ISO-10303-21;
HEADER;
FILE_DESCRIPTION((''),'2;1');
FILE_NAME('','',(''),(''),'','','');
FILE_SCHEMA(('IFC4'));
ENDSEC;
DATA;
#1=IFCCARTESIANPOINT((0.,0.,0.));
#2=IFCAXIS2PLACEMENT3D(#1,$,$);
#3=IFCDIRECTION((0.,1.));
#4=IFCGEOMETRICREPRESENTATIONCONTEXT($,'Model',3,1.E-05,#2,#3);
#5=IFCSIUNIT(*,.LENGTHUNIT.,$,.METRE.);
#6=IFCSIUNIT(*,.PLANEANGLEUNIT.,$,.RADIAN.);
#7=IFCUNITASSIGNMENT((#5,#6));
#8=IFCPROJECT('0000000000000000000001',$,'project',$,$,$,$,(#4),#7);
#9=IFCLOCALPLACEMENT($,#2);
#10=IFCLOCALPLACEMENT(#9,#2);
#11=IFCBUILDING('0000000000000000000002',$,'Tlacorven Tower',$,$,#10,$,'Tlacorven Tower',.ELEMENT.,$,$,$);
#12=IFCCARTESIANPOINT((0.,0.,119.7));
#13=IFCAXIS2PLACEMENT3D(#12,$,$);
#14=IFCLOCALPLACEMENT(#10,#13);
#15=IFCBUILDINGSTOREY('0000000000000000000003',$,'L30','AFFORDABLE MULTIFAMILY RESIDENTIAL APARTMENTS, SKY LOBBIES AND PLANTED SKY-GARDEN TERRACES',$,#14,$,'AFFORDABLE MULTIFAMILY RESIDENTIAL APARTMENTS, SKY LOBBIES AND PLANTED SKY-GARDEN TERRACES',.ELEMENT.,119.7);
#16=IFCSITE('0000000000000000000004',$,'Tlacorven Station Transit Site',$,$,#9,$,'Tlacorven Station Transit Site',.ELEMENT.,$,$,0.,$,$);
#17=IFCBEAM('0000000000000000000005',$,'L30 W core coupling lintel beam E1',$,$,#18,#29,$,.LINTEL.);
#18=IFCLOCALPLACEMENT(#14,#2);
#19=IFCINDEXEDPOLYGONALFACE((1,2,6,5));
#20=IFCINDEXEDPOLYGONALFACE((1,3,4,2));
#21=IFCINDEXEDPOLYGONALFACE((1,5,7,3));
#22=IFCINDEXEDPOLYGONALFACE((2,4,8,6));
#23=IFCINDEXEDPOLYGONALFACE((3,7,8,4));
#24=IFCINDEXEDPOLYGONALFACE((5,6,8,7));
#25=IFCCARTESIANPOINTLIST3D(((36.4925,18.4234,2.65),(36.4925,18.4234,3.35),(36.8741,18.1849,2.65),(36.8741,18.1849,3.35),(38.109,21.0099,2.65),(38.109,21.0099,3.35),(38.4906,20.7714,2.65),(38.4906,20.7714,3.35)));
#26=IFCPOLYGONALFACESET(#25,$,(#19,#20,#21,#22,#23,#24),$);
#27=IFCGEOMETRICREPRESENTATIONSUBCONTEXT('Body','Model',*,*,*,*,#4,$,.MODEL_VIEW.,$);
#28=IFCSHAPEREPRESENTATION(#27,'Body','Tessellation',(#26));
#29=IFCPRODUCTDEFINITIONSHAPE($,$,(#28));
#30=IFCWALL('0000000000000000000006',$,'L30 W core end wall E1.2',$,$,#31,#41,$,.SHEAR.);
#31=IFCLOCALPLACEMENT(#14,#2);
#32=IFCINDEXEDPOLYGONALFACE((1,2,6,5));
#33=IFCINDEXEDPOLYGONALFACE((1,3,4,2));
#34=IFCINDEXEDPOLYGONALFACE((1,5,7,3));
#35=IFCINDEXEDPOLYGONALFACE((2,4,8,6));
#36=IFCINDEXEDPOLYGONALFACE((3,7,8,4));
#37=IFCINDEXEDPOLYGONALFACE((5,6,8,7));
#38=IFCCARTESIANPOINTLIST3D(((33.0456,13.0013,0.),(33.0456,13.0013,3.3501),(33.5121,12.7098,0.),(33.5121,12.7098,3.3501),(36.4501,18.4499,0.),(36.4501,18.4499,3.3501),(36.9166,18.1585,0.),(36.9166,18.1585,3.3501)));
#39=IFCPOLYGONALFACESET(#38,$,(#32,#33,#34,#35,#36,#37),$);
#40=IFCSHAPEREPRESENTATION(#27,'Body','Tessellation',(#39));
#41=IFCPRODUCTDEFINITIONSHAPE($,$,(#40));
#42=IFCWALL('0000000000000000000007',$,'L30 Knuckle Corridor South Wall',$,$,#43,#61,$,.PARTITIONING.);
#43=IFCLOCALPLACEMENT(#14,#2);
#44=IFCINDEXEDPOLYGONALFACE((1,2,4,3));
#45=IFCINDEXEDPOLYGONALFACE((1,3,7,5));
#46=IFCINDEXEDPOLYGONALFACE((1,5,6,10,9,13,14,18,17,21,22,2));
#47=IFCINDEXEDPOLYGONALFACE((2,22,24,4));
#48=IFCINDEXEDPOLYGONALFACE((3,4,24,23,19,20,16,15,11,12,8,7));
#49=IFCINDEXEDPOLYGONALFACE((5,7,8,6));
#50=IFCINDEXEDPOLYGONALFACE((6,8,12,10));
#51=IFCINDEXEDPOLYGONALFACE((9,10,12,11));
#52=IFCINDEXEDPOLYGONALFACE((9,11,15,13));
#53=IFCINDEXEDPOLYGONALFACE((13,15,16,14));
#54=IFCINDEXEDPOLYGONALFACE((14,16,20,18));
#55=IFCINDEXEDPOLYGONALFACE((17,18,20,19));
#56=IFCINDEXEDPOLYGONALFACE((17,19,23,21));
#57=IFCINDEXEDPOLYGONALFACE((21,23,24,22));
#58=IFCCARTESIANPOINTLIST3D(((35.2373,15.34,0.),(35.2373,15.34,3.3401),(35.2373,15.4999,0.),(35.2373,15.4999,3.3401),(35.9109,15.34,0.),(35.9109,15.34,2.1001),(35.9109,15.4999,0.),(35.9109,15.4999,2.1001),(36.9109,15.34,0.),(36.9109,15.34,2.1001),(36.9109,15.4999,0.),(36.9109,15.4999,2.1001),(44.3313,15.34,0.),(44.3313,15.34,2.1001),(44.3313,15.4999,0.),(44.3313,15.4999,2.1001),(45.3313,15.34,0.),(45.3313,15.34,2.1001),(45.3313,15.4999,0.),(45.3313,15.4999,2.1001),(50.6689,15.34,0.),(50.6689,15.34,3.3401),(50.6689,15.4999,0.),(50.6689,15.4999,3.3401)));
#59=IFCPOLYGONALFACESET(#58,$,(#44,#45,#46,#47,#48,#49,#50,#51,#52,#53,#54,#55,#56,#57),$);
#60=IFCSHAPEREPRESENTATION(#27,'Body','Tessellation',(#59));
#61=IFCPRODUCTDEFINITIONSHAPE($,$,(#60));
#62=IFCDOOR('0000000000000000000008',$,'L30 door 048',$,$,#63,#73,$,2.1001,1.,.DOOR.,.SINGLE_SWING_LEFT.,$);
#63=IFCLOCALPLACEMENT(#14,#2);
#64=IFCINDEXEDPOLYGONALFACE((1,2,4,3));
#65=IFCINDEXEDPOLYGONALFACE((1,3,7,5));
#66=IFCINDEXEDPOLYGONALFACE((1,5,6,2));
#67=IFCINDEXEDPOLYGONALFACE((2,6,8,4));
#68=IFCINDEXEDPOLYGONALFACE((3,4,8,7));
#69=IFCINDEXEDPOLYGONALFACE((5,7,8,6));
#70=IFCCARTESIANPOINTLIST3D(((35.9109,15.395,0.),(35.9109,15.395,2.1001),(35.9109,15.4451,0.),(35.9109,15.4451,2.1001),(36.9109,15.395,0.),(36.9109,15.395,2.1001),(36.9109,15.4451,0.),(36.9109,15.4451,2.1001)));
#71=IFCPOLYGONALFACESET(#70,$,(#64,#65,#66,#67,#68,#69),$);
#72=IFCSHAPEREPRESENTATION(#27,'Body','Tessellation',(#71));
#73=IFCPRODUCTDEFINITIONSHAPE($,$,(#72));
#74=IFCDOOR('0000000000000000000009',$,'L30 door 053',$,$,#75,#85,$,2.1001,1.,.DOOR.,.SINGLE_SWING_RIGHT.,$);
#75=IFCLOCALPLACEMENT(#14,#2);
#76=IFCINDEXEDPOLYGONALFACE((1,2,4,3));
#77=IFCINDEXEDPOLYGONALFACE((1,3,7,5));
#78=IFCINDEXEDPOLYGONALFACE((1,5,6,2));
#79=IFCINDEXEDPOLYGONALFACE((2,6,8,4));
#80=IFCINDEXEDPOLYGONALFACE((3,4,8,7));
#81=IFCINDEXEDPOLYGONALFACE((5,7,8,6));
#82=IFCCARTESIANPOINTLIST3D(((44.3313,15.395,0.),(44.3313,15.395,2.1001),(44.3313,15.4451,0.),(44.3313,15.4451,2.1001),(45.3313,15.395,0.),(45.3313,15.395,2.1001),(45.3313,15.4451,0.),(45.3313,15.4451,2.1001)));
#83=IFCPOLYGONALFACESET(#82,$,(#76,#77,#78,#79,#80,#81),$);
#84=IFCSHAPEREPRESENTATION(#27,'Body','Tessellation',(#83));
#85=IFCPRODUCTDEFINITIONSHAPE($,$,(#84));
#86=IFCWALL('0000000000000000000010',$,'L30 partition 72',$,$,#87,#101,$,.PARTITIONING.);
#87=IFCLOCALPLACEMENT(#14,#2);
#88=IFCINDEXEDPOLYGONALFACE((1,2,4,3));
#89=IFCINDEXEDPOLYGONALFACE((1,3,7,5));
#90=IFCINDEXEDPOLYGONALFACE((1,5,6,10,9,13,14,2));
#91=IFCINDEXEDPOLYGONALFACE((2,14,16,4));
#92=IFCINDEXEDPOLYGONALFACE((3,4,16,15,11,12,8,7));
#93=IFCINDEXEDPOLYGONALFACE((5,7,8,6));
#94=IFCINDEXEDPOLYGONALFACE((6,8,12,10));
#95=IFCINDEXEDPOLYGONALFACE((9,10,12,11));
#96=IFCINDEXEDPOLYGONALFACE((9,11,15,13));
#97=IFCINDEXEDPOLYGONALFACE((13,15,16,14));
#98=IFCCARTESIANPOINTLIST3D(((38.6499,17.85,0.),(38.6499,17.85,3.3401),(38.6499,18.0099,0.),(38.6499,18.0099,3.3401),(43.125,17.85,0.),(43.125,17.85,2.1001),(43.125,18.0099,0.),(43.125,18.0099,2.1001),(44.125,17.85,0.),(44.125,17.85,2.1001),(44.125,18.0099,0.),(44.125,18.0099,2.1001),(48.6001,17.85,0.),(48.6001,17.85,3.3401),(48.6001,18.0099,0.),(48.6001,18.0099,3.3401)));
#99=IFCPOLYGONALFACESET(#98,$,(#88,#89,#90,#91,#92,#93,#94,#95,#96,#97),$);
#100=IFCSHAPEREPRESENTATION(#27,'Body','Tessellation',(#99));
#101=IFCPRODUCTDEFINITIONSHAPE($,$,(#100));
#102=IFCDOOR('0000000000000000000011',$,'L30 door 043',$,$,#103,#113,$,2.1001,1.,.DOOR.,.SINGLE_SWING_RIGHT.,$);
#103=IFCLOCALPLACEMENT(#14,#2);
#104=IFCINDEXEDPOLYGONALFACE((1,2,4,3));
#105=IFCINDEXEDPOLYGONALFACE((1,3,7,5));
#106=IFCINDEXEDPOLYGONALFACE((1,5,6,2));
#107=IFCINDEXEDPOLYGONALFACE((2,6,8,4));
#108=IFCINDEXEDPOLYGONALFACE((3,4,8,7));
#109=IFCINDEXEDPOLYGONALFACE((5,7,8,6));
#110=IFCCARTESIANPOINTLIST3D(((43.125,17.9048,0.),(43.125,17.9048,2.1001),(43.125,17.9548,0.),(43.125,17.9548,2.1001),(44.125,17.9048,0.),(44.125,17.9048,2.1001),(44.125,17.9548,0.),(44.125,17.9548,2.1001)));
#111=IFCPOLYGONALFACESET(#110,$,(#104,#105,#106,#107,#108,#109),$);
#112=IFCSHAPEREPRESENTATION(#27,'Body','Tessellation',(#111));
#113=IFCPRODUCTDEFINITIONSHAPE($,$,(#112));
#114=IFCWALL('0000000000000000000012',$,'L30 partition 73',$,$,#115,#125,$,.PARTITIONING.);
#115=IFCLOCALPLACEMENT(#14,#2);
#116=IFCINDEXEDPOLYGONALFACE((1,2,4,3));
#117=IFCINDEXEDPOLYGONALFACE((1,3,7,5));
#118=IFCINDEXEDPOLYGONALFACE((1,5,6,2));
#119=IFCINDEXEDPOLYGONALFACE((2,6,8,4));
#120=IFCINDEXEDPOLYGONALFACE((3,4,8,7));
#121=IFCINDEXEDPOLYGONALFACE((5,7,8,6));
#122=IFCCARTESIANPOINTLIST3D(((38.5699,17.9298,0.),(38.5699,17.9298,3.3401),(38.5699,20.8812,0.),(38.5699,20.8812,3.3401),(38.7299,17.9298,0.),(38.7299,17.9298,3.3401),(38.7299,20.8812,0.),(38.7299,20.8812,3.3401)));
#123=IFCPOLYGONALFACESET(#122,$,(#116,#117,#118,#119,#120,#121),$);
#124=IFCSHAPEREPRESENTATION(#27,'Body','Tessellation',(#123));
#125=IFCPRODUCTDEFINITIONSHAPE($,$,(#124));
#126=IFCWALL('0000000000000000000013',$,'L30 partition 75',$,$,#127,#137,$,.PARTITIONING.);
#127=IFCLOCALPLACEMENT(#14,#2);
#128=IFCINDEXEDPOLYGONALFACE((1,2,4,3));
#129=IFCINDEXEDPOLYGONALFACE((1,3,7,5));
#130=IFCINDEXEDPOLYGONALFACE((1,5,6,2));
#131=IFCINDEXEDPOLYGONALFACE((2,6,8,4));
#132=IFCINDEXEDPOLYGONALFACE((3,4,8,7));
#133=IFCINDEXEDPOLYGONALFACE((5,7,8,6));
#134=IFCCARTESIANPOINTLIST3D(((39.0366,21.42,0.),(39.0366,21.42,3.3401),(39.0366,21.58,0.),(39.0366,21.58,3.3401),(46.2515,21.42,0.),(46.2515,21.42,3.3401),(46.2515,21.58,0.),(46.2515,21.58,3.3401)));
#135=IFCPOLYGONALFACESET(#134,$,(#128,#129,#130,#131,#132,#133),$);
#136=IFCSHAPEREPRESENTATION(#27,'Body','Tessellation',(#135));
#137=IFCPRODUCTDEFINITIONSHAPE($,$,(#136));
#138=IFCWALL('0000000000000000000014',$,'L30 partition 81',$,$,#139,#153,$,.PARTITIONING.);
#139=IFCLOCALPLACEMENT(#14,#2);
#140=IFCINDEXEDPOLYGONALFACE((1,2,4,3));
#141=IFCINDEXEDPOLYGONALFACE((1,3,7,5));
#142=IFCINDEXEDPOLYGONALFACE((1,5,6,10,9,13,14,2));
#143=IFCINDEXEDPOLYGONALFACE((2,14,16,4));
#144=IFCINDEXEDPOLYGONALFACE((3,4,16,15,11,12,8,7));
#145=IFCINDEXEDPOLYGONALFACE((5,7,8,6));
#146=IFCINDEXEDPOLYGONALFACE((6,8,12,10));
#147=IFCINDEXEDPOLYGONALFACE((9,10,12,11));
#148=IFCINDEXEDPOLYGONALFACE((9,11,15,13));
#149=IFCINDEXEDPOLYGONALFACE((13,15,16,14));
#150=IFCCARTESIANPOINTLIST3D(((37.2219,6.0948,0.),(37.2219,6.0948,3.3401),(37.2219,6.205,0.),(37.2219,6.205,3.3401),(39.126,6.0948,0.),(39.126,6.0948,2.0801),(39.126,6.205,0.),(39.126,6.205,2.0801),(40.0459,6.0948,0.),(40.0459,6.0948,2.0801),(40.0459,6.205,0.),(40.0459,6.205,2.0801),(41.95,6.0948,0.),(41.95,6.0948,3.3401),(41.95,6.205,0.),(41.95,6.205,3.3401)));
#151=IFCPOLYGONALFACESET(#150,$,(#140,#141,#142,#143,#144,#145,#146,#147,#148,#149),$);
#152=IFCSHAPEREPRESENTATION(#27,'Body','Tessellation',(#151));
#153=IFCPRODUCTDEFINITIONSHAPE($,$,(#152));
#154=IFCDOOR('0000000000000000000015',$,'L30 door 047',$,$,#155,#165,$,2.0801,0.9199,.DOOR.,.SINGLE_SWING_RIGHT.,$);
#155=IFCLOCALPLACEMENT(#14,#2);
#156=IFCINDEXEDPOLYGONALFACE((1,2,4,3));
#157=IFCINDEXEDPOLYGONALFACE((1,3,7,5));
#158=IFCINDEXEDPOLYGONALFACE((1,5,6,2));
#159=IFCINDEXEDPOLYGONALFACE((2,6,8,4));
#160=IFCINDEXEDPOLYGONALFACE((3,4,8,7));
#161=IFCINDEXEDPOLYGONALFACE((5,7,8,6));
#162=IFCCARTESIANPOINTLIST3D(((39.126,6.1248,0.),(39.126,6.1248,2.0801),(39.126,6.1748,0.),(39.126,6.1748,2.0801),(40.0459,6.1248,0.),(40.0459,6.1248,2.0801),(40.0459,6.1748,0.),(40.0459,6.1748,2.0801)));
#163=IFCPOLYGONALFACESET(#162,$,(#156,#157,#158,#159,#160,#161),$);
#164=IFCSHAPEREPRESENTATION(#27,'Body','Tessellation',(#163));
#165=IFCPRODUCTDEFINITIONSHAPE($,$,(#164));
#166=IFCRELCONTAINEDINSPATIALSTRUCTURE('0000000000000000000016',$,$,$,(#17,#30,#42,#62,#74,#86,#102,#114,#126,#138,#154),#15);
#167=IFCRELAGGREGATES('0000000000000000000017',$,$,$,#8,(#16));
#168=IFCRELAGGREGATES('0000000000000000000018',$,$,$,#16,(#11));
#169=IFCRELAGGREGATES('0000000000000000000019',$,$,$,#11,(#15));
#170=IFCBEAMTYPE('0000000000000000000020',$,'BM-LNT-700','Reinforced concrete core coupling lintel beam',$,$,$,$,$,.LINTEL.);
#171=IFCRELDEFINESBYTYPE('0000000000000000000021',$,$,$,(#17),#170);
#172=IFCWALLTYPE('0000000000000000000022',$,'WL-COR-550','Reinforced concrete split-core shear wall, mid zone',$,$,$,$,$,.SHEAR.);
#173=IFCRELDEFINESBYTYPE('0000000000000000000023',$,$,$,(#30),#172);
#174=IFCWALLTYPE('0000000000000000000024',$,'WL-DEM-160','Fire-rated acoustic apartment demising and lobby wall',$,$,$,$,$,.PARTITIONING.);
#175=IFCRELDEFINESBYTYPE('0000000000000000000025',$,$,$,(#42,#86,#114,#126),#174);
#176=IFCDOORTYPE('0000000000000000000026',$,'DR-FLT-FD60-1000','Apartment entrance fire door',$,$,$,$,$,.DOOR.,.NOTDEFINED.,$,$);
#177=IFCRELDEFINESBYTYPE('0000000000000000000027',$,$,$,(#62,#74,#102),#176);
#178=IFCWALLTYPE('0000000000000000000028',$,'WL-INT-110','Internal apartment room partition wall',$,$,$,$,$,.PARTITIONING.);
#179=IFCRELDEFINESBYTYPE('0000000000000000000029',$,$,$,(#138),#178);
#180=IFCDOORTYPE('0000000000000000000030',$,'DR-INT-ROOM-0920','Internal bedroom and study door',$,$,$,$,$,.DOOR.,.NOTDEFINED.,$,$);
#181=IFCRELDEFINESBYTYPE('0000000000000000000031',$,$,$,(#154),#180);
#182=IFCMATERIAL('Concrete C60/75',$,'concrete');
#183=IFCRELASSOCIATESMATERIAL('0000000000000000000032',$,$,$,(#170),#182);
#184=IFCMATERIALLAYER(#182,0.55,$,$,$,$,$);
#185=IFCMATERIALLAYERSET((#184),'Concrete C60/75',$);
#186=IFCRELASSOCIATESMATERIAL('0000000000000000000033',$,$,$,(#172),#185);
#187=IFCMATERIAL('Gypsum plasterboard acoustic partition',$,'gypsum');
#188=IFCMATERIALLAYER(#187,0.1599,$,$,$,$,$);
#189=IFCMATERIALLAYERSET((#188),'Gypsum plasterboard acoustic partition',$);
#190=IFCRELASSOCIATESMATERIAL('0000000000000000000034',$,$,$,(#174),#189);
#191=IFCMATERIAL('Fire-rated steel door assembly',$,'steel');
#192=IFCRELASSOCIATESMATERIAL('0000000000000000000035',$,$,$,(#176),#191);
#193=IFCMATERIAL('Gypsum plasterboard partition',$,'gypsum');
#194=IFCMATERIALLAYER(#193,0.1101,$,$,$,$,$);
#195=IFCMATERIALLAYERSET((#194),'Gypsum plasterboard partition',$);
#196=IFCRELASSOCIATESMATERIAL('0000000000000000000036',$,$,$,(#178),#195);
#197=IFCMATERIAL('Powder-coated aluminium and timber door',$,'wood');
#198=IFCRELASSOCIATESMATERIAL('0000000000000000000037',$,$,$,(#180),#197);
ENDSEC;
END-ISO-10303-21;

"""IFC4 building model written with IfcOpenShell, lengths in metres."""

from ifc_helpers import new_model, si_unit, direction, frame, frame_2d, origin, origin_2d, place, context, subcontext, project, spatial, rectangle, extrude, source, transform, mapped, material, layer, layer_set, material_profile, profile_set, type_object, element, fill, save


model = new_model("IFC4")

# Units and contexts
model_context = context("Model", 3, precision=1e-05, world=origin(), true_north=direction((0.0, 1.0)))
body_context = subcontext(model_context, "Body", "Model", "MODEL_VIEW")
ifc_project = project(units=[si_unit("LENGTHUNIT", "METRE"), si_unit("PLANEANGLEUNIT", "RADIAN")], contexts=[model_context])

# Site, building, storey
site_placement = place(None, origin())
site = spatial("IfcSite", under=ifc_project, at=site_placement, Name="Tlacorven Station Transit Site", LongName="Tlacorven Station Transit Site", CompositionType="ELEMENT", RefElevation=0.0)
building_placement = place(site_placement, origin())
building = spatial("IfcBuilding", under=site, at=building_placement, Name="Tlacorven Tower", LongName="Tlacorven Tower", CompositionType="ELEMENT")
storey_placement = place(building_placement, frame((0.0, 0.0, 119.7)))
storey = spatial("IfcBuildingStorey", under=building, at=storey_placement, Name="L30", Description="AFFORDABLE MULTIFAMILY RESIDENTIAL APARTMENTS, SKY LOBBIES AND PLANTED SKY-GARDEN TERRACES", LongName="AFFORDABLE MULTIFAMILY RESIDENTIAL APARTMENTS, SKY LOBBIES AND PLANTED SKY-GARDEN TERRACES", CompositionType="ELEMENT", Elevation=119.7)

# Beam
ifc_material_1 = material(Name="Concrete C60/75", Category="concrete")
ifc_material_profile = material_profile(ifc_material_1, rectangle(XDim=0.45, YDim=0.7, at=origin_2d()), Name="RC 450X700")
ifc_profile_set = profile_set([ifc_material_profile], Name="Concrete C60/75")
beam_type = type_object("IfcBeamType", Name="BM-LNT-700", Description="Reinforced concrete core coupling lintel beam", PredefinedType="LINTEL", material=ifc_profile_set)
shared_shape_1 = source(origin(), body_context, "Body", "SweptSolid", [
    extrude(rectangle(XDim=0.45, YDim=0.7, at=origin_2d()), origin(), (0.0, 0.0, 1.0), 3.05),
])
beam_placement = place(storey_placement, frame((38.2998, 20.8906, 3.0), z_axis=(-0.529985, -0.848007, 0.0), x_axis=(0.848007, -0.529985, 0.0)))
element("IfcBeam", 1, at=beam_placement, inside=storey, type_object=beam_type, Name="L30 W core coupling lintel beam E1", PredefinedType="LINTEL", context=body_context, shape_type="MappedRepresentation", body=[
    mapped(shared_shape_1, transform((0.0, 0.0, 0.0), scale=1.0)),
])

# Wall
ifc_layer_1 = layer(ifc_material_1, 0.55)
ifc_layer_set_1 = layer_set([ifc_layer_1], Name="Concrete C60/75")
wall_type_1 = type_object("IfcWallType", Name="WL-COR-550", Description="Reinforced concrete split-core shear wall, mid zone", PredefinedType="SHEAR", material=ifc_layer_set_1)
wall_1_placement = place(storey_placement, frame((36.6833, 18.3042, 0.0), z_axis=(0.0, 0.0, 1.0), x_axis=(-0.529896, -0.848062, 0.0)))
element("IfcWall", 2, at=wall_1_placement, inside=storey, type_object=wall_type_1, Name="L30 W core end wall E1.2", PredefinedType="SHEAR", context=body_context, shape_type="SweptSolid", body=[
    extrude(rectangle(XDim=6.4248, YDim=0.55, at=frame_2d((3.2124, 0.0))), origin(), (0.0, 0.0, 1.0), 3.3501),
])

# Wall, openings, doors
ifc_material_2 = material(Name="Gypsum plasterboard acoustic partition", Category="gypsum")
ifc_layer_2 = layer(ifc_material_2, 0.1599)
ifc_layer_set_2 = layer_set([ifc_layer_2], Name="Gypsum plasterboard acoustic partition")
wall_type_2 = type_object("IfcWallType", Name="WL-DEM-160", Description="Fire-rated acoustic apartment demising and lobby wall", PredefinedType="PARTITIONING", material=ifc_layer_set_2)
wall_2_placement = place(storey_placement, frame((35.2373, 15.4199, 0.0), z_axis=(0.0, 0.0, 1.0), x_axis=(1.0, 0.0, 0.0)))
wall_2 = element("IfcWall", 3, at=wall_2_placement, inside=storey, type_object=wall_type_2, Name="L30 Knuckle Corridor South Wall", PredefinedType="PARTITIONING", context=body_context, shape_type="SweptSolid", body=[
    extrude(rectangle(XDim=15.4316, YDim=0.1599, at=frame_2d((7.7158, 0.0))), origin(), (0.0, 0.0, 1.0), 3.3401),
])
opening_1_placement = place(wall_2_placement, frame((0.6736, 0.0, 0.0)))
opening_1 = element("IfcOpeningElement", 4, at=opening_1_placement, cuts=wall_2, PredefinedType="OPENING", context=body_context, shape_type="SweptSolid", body=[
    extrude(rectangle(XDim=1.0, YDim=2.1001, at=frame_2d((0.5, 1.05))), frame((0.0, 0.0898, 0.0), z_axis=(0.0, -1.0, 0.0), x_axis=(1.0, 0.0, 0.0)), (0.0, 0.0, 1.0), 0.1799),
])
opening_2_placement = place(wall_2_placement, frame((9.094, 0.0, 0.0)))
opening_2 = element("IfcOpeningElement", 5, at=opening_2_placement, cuts=wall_2, PredefinedType="OPENING", context=body_context, shape_type="SweptSolid", body=[
    extrude(rectangle(XDim=1.0, YDim=2.1001, at=frame_2d((0.5, 1.05))), frame((0.0, 0.0898, 0.0), z_axis=(0.0, -1.0, 0.0), x_axis=(1.0, 0.0, 0.0)), (0.0, 0.0, 1.0), 0.1799),
])
ifc_material_3 = material(Name="Fire-rated steel door assembly", Category="steel")
door_type_1 = type_object("IfcDoorType", Name="DR-FLT-FD60-1000", Description="Apartment entrance fire door", OperationType="NOTDEFINED", PredefinedType="DOOR", material=ifc_material_3)
shared_shape_2 = source(origin(), body_context, "Body", "SweptSolid", [
    extrude(rectangle(XDim=1.0, YDim=2.1001, at=frame_2d((0.5, 1.05))), frame((0.0, 0.0249, 0.0), z_axis=(0.0, -1.0, 0.0), x_axis=(1.0, 0.0, 0.0)), (0.0, 0.0, 1.0), 0.05),
])
door_1_placement = place(opening_1_placement, frame((1.0, 0.0, 0.0), z_axis=(0.0, 0.0, 1.0), x_axis=(-1.0, 0.0, 0.0)))
door_1 = element("IfcDoor", 6, at=door_1_placement, inside=storey, type_object=door_type_1, Name="L30 door 048", OperationType="SINGLE_SWING_LEFT", OverallHeight=2.1001, OverallWidth=1.0, PredefinedType="DOOR", context=body_context, shape_type="MappedRepresentation", body=[
    mapped(shared_shape_2, transform((0.0, 0.0, 0.0), scale=1.0)),
])
fill(opening_1, door_1)
door_2_placement = place(opening_2_placement, frame((1.0, 0.0, 0.0), z_axis=(0.0, 0.0, 1.0), x_axis=(-1.0, 0.0, 0.0)))
door_2 = element("IfcDoor", 7, at=door_2_placement, inside=storey, type_object=door_type_1, Name="L30 door 053", OperationType="SINGLE_SWING_RIGHT", OverallHeight=2.1001, OverallWidth=1.0, PredefinedType="DOOR", context=body_context, shape_type="MappedRepresentation", body=[
    mapped(shared_shape_2, transform((0.0, 0.0, 0.0), scale=1.0)),
])
fill(opening_2, door_2)

# Wall, opening, door
wall_3_placement = place(storey_placement, frame((38.6499, 17.9299, 0.0), z_axis=(0.0, 0.0, 1.0), x_axis=(1.0, 0.0, 0.0)))
wall_3 = element("IfcWall", 8, at=wall_3_placement, inside=storey, type_object=wall_type_2, Name="L30 partition 72", PredefinedType="PARTITIONING", context=body_context, shape_type="SweptSolid", body=[
    extrude(rectangle(XDim=9.9502, YDim=0.1599, at=frame_2d((4.9751, 0.0))), origin(), (0.0, 0.0, 1.0), 3.3401),
])
opening_3_placement = place(wall_3_placement, frame((4.4751, 0.0, 0.0)))
opening_3 = element("IfcOpeningElement", 9, at=opening_3_placement, cuts=wall_3, PredefinedType="OPENING", context=body_context, shape_type="SweptSolid", body=[
    extrude(rectangle(XDim=1.0, YDim=2.1001, at=frame_2d((0.5, 1.05))), frame((0.0, 0.0898, 0.0), z_axis=(0.0, -1.0, 0.0), x_axis=(1.0, 0.0, 0.0)), (0.0, 0.0, 1.0), 0.1799),
])
door_3_placement = place(opening_3_placement, origin())
door_3 = element("IfcDoor", 10, at=door_3_placement, inside=storey, type_object=door_type_1, Name="L30 door 043", OperationType="SINGLE_SWING_RIGHT", OverallHeight=2.1001, OverallWidth=1.0, PredefinedType="DOOR", context=body_context, shape_type="MappedRepresentation", body=[
    mapped(shared_shape_2, transform((0.0, 0.0, 0.0), scale=1.0)),
])
fill(opening_3, door_3)

# Walls
wall_4_placement = place(storey_placement, frame((38.6499, 17.9299, 0.0), z_axis=(0.0, 0.0, 1.0), x_axis=(0.0, 1.0, 0.0)))
element("IfcWall", 11, at=wall_4_placement, inside=storey, type_object=wall_type_2, Name="L30 partition 73", PredefinedType="PARTITIONING", context=body_context, shape_type="SweptSolid", body=[
    extrude(rectangle(XDim=2.9514, YDim=0.1599, at=frame_2d((1.4756, 0.0))), origin(), (0.0, 0.0, 1.0), 3.3401),
])
wall_5_placement = place(storey_placement, frame((39.0366, 21.5, 0.0), z_axis=(0.0, 0.0, 1.0), x_axis=(1.0, 0.0, 0.0)))
element("IfcWall", 12, at=wall_5_placement, inside=storey, type_object=wall_type_2, Name="L30 partition 75", PredefinedType="PARTITIONING", context=body_context, shape_type="SweptSolid", body=[
    extrude(rectangle(XDim=7.2148, YDim=0.1599, at=frame_2d((3.6074, 0.0))), origin(), (0.0, 0.0, 1.0), 3.3401),
])

# Wall, opening, door
ifc_material_4 = material(Name="Gypsum plasterboard partition", Category="gypsum")
ifc_layer_3 = layer(ifc_material_4, 0.1101)
ifc_layer_set_3 = layer_set([ifc_layer_3], Name="Gypsum plasterboard partition")
wall_type_3 = type_object("IfcWallType", Name="WL-INT-110", Description="Internal apartment room partition wall", PredefinedType="PARTITIONING", material=ifc_layer_set_3)
wall_6_placement = place(storey_placement, frame((37.2219, 6.1499, 0.0), z_axis=(0.0, 0.0, 1.0), x_axis=(1.0, 0.0, 0.0)))
wall_6 = element("IfcWall", 13, at=wall_6_placement, inside=storey, type_object=wall_type_3, Name="L30 partition 81", PredefinedType="PARTITIONING", context=body_context, shape_type="SweptSolid", body=[
    extrude(rectangle(XDim=4.728, YDim=0.1101, at=frame_2d((2.364, 0.0))), origin(), (0.0, 0.0, 1.0), 3.3401),
])
opening_4_placement = place(wall_6_placement, frame((1.9041, 0.0, 0.0)))
opening_4 = element("IfcOpeningElement", 14, at=opening_4_placement, cuts=wall_6, PredefinedType="OPENING", context=body_context, shape_type="SweptSolid", body=[
    extrude(rectangle(XDim=0.9199, YDim=2.0801, at=frame_2d((0.46, 1.04))), frame((0.0, 0.0649, 0.0), z_axis=(0.0, -1.0, 0.0), x_axis=(1.0, 0.0, 0.0)), (0.0, 0.0, 1.0), 0.1301),
])
ifc_material_5 = material(Name="Powder-coated aluminium and timber door", Category="wood")
door_type_2 = type_object("IfcDoorType", Name="DR-INT-ROOM-0920", Description="Internal bedroom and study door", OperationType="NOTDEFINED", PredefinedType="DOOR", material=ifc_material_5)
shared_shape_3 = source(origin(), body_context, "Body", "SweptSolid", [
    extrude(rectangle(XDim=0.9199, YDim=2.0801, at=frame_2d((0.46, 1.04))), frame((0.0, 0.0249, 0.0), z_axis=(0.0, -1.0, 0.0), x_axis=(1.0, 0.0, 0.0)), (0.0, 0.0, 1.0), 0.05),
])
door_4_placement = place(opening_4_placement, origin())
door_4 = element("IfcDoor", 15, at=door_4_placement, inside=storey, type_object=door_type_2, Name="L30 door 047", OperationType="SINGLE_SWING_RIGHT", OverallHeight=2.0801, OverallWidth=0.9199, PredefinedType="DOOR", context=body_context, shape_type="MappedRepresentation", body=[
    mapped(shared_shape_3, transform((0.0, 0.0, 0.0), scale=1.0)),
])
fill(opening_4, door_4)

save(model, "model.ifc")
